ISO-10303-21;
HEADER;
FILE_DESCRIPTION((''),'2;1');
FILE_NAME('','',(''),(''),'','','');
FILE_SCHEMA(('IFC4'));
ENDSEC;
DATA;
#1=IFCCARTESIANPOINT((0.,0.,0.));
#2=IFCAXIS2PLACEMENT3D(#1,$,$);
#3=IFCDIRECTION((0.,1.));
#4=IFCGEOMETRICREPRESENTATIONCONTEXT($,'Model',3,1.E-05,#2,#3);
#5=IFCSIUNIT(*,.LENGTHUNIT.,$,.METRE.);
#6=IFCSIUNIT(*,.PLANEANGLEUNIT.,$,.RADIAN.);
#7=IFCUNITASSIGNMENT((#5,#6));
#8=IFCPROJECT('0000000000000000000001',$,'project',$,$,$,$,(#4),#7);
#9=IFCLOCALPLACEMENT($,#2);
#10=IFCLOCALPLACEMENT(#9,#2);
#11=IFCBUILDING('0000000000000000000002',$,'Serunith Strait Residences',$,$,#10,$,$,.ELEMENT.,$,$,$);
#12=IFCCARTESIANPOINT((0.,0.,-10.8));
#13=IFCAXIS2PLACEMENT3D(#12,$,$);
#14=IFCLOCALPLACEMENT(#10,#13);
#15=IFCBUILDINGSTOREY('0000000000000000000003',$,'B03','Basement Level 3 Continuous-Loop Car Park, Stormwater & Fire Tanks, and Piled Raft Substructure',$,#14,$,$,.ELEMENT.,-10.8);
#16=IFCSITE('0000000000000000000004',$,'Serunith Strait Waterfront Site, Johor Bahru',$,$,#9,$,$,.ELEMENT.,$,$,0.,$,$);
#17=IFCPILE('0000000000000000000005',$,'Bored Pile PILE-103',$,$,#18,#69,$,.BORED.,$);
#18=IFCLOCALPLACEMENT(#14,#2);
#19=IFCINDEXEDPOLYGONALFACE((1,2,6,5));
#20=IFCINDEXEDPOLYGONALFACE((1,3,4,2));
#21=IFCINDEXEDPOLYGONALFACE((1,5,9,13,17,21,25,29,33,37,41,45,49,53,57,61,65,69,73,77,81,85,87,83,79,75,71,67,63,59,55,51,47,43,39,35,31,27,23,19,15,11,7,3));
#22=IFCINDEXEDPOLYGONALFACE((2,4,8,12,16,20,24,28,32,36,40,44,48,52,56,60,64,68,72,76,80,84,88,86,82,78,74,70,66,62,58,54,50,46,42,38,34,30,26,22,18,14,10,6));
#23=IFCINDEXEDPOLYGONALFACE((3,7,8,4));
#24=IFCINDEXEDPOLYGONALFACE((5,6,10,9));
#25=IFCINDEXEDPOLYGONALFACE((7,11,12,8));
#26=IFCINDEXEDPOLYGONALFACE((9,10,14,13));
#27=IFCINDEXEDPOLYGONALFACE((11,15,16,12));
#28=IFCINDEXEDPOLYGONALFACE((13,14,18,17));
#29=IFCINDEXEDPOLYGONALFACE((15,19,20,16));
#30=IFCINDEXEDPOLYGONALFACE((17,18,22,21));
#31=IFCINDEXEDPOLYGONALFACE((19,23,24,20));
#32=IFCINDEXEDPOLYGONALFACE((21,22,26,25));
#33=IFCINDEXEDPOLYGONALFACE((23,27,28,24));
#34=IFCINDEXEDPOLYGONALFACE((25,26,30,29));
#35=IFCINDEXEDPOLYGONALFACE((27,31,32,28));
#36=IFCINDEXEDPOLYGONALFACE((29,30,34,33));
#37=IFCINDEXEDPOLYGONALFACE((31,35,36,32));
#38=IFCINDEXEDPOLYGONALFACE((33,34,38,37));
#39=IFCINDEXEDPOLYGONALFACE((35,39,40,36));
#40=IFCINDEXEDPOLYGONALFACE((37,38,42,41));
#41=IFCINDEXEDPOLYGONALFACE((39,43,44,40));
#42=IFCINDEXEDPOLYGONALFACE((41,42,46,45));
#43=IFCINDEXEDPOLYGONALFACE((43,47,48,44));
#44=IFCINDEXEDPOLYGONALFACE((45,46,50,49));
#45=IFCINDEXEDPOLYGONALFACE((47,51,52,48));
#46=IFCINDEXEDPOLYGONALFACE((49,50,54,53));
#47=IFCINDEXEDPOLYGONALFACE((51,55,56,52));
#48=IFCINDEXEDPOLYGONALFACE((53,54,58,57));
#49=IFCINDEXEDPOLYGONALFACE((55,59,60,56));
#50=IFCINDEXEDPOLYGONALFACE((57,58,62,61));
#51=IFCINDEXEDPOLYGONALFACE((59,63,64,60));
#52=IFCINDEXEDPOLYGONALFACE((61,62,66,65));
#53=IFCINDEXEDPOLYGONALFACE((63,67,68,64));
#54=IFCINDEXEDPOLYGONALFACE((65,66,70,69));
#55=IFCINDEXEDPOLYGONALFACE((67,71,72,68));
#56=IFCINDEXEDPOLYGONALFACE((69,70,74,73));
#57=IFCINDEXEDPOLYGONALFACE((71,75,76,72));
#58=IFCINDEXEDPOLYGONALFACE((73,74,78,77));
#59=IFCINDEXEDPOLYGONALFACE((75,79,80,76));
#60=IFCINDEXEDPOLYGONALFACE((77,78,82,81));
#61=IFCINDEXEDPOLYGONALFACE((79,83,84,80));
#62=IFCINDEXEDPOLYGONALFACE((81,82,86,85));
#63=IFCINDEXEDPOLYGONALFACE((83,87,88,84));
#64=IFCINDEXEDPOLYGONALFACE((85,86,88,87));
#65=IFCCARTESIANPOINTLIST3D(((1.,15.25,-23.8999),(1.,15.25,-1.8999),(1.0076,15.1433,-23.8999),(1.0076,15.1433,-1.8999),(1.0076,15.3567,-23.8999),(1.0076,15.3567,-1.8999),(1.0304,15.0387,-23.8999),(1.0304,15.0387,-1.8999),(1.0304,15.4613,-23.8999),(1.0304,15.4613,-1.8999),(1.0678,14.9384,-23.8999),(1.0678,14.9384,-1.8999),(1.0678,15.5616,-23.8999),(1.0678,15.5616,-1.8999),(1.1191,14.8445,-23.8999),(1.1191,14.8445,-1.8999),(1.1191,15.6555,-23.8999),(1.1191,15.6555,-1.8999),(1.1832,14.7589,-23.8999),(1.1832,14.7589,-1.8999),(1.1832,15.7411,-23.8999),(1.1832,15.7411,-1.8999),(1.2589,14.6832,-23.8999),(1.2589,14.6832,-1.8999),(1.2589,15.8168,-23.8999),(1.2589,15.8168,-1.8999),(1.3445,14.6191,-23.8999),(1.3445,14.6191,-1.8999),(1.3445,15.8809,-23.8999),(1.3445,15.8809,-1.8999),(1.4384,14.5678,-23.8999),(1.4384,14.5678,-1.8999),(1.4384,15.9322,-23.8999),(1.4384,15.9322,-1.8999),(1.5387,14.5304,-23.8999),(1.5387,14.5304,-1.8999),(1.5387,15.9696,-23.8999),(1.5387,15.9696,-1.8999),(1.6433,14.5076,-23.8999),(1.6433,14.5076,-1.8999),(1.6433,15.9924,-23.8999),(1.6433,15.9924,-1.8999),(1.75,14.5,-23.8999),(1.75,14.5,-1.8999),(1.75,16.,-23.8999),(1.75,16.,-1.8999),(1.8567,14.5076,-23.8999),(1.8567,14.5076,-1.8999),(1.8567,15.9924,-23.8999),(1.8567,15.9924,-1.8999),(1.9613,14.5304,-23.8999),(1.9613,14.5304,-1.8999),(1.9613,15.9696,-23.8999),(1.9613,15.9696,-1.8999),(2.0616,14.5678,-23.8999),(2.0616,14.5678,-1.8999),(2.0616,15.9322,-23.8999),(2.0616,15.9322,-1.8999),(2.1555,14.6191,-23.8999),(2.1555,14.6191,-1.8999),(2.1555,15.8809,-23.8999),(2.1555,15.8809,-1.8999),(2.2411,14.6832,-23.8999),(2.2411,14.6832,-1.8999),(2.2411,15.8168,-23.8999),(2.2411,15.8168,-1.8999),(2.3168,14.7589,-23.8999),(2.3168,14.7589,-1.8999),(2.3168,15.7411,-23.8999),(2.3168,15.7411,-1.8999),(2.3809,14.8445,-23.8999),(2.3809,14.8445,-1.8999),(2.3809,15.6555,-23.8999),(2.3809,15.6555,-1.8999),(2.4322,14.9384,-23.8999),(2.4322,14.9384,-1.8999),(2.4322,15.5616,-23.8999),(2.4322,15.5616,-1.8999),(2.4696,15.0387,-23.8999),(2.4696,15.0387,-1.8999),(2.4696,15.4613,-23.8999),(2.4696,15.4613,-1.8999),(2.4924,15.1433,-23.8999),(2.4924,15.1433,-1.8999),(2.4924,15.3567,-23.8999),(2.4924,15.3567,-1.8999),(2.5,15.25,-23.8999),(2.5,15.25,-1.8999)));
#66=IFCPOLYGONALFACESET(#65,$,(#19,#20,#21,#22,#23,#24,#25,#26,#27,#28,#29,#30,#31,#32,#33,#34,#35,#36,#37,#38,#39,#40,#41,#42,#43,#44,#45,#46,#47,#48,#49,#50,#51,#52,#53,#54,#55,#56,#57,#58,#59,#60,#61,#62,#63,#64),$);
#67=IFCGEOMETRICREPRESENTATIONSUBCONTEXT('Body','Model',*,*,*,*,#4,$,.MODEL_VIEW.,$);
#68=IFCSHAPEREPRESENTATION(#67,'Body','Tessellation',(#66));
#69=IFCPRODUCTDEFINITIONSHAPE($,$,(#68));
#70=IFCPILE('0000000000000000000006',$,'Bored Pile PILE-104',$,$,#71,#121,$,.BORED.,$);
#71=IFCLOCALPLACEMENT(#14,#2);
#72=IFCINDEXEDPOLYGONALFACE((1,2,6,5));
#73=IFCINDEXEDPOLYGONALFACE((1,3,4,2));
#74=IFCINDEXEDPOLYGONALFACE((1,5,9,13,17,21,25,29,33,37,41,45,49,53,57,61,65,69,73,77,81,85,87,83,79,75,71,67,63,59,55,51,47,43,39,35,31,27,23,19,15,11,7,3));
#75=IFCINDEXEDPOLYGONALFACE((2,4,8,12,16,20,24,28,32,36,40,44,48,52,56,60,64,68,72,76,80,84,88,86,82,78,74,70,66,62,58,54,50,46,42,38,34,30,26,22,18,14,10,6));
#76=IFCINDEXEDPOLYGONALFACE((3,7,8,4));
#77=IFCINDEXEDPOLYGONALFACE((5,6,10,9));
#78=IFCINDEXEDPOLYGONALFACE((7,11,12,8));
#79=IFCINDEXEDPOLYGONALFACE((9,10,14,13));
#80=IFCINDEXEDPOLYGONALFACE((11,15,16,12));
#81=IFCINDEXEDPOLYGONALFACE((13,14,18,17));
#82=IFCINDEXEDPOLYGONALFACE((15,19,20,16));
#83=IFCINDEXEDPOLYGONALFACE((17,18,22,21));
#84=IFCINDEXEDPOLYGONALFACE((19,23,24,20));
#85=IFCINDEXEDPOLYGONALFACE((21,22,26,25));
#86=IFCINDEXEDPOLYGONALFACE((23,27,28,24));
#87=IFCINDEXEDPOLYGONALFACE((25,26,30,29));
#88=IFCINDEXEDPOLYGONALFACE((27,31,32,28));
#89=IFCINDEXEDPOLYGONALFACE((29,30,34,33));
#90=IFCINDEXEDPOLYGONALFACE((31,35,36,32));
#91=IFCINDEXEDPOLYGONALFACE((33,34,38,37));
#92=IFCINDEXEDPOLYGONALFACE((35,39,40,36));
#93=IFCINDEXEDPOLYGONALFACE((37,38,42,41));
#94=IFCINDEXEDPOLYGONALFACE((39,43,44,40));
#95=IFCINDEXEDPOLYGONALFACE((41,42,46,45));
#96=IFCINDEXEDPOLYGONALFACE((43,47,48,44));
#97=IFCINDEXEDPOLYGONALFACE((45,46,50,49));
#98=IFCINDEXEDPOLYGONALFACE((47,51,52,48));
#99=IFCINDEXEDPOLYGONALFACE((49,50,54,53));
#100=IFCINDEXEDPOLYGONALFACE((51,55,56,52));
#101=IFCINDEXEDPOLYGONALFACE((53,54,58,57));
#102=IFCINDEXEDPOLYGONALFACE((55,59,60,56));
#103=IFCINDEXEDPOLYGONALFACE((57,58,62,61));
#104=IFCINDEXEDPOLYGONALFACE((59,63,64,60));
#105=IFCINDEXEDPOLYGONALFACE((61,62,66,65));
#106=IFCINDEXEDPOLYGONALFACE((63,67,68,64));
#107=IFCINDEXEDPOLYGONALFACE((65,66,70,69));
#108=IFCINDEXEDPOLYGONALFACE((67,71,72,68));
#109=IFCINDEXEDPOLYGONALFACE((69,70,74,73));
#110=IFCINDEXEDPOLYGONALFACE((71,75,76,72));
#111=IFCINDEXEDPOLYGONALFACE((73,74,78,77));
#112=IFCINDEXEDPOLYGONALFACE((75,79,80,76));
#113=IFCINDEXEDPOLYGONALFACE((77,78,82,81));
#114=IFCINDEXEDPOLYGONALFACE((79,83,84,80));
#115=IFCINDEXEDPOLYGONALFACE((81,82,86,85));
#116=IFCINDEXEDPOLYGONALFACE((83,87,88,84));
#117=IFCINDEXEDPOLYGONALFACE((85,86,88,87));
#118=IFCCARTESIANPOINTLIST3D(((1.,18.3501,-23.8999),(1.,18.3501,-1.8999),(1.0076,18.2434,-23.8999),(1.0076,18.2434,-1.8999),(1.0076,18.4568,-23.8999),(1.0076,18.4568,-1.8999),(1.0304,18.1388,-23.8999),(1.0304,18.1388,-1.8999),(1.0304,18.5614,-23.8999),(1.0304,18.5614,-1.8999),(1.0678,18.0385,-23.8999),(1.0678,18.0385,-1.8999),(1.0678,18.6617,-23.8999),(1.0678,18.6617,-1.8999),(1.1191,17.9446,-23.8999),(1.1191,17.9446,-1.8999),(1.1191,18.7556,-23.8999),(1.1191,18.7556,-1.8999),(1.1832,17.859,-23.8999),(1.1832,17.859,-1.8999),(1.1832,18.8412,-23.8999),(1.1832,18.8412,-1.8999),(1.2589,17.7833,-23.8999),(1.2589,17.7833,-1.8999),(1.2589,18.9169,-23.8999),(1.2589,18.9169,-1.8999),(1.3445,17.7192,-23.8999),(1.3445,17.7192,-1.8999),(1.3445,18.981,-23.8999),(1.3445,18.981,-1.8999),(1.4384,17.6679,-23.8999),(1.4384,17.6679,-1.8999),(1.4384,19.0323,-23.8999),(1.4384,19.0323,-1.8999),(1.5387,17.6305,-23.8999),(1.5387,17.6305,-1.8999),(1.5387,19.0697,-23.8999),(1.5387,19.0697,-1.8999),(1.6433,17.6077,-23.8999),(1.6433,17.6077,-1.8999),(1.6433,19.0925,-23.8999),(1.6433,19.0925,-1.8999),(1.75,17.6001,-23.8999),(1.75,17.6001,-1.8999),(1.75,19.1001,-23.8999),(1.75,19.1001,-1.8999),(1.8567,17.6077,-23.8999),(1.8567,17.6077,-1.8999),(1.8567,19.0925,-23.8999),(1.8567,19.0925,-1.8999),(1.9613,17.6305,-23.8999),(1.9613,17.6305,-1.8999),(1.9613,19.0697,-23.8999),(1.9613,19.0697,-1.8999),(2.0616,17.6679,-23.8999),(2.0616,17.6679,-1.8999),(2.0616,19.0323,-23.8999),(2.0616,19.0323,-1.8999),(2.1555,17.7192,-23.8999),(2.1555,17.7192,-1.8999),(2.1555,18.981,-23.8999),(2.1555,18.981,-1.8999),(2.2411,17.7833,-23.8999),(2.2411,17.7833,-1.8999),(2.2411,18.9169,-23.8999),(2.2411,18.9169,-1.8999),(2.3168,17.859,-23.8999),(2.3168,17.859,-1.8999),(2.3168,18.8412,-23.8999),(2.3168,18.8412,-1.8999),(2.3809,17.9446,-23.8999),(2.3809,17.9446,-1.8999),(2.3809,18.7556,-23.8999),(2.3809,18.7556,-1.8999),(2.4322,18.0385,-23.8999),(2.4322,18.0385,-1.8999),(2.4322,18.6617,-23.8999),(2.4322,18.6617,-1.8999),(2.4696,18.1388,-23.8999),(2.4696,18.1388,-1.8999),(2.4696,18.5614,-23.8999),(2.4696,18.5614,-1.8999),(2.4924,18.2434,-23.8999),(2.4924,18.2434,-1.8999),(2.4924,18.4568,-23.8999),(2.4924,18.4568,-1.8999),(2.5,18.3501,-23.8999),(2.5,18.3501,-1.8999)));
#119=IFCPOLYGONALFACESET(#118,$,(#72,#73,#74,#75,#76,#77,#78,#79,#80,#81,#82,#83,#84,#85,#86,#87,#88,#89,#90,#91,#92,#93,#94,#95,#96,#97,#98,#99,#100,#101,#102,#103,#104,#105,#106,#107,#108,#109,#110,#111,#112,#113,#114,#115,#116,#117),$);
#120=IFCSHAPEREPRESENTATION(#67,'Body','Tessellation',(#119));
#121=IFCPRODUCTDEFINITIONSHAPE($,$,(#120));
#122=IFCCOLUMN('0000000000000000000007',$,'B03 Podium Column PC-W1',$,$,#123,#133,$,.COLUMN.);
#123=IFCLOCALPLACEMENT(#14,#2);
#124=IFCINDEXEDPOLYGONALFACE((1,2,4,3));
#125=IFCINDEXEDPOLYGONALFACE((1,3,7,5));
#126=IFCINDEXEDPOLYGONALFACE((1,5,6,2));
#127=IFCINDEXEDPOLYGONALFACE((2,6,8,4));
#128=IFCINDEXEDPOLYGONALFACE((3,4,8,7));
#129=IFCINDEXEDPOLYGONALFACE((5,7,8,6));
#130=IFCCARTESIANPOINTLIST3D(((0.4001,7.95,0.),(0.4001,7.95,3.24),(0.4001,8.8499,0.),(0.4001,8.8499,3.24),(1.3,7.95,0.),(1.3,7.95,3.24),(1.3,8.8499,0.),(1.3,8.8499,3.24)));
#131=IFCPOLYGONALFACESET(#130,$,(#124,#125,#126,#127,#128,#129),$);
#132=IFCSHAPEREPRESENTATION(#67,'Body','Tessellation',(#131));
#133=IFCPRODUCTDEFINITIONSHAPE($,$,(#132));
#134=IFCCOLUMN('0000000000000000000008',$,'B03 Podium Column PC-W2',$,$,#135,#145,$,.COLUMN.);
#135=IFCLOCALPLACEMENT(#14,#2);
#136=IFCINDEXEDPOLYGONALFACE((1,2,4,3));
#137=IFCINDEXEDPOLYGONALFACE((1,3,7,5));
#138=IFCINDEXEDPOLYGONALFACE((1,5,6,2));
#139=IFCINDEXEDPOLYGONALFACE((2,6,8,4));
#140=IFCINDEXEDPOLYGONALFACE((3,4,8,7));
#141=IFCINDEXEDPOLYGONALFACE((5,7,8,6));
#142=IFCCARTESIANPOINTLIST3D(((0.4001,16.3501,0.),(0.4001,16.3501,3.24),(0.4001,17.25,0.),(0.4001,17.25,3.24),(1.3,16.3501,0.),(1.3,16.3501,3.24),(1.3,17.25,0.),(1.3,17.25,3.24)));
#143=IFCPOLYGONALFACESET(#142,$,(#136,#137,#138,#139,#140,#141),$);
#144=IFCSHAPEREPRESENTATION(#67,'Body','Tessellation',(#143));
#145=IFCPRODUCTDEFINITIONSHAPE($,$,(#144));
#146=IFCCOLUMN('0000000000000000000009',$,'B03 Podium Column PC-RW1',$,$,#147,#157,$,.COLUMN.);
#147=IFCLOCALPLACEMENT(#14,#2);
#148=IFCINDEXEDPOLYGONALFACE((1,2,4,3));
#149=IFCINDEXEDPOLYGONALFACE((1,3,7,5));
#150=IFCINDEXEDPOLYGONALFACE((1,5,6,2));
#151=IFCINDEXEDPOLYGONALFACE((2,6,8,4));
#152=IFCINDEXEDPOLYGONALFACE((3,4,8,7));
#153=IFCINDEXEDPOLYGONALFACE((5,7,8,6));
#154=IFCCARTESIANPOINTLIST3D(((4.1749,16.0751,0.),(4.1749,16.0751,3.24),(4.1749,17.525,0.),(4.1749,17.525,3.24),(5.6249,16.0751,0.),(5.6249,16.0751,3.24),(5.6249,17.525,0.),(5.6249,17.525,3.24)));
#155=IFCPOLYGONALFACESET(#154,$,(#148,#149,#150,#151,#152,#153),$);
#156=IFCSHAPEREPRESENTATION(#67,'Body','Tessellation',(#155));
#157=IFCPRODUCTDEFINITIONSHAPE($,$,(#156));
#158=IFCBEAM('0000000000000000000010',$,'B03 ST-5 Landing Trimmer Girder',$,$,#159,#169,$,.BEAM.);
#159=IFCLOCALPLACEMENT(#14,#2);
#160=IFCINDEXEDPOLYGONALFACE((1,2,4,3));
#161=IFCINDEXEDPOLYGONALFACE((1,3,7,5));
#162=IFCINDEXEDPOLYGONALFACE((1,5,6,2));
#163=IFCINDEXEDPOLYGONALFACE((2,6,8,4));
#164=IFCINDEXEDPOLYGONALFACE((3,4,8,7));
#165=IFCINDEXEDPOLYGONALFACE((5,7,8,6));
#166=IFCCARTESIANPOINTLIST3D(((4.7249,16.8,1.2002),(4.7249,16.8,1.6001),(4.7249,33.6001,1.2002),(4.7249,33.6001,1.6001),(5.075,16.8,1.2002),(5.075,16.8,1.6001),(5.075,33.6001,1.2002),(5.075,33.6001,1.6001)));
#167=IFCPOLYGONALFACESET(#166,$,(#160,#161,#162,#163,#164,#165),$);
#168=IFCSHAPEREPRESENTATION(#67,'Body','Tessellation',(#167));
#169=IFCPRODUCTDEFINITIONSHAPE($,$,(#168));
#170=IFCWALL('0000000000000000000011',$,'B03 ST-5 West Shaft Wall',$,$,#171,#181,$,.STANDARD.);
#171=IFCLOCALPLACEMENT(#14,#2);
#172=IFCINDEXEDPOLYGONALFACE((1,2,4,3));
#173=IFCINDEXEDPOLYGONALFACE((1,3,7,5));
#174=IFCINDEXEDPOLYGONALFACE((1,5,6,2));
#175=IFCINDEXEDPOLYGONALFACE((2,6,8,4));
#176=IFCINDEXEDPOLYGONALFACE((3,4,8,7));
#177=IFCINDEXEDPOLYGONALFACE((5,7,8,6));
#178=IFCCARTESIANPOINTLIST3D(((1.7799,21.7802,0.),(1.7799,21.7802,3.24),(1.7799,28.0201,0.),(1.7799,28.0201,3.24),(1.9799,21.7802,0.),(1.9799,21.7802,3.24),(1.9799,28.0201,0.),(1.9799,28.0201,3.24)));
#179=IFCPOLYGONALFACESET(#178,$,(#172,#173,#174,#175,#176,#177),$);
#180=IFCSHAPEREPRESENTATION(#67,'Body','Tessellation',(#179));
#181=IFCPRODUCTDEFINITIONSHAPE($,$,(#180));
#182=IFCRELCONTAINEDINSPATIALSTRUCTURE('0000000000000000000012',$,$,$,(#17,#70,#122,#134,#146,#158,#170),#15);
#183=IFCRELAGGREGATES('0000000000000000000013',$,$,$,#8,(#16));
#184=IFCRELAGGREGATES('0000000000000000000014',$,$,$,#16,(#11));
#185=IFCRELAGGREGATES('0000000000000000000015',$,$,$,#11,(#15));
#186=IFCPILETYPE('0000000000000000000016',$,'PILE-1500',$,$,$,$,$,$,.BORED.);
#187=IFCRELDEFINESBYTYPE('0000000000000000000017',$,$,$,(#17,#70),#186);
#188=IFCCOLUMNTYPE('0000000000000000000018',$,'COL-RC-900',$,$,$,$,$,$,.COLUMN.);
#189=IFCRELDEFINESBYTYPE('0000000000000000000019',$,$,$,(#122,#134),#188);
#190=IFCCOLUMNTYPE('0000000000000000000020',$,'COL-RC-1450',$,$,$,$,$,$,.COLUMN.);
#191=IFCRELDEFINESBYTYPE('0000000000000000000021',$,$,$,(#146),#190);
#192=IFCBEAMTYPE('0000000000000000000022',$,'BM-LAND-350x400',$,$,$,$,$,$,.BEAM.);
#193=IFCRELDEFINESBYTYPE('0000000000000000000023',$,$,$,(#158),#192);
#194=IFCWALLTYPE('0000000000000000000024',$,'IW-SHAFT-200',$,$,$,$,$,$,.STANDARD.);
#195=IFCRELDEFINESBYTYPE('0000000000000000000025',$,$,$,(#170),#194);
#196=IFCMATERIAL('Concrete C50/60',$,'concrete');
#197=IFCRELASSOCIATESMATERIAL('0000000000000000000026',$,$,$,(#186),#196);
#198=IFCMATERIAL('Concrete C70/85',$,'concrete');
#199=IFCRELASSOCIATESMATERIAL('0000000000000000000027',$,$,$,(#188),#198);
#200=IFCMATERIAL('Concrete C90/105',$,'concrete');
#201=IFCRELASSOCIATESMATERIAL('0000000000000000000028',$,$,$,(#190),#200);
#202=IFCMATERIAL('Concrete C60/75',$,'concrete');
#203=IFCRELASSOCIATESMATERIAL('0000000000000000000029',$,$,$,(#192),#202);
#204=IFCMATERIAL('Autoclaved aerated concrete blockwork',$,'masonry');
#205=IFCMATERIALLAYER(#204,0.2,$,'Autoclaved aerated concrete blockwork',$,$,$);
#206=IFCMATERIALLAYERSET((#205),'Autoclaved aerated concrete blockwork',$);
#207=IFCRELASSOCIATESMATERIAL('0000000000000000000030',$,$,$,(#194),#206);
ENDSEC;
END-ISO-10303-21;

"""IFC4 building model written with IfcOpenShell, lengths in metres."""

from ifc_helpers import new_model, si_unit, direction, frame, frame_2d, origin, origin_2d, place, context, subcontext, project, spatial, rectangle, circle, extrude, source, transform, mapped, material, layer, layer_set, material_profile, profile_set, type_object, element, save


model = new_model("IFC4")

# Units and contexts
model_context = context("Model", 3, precision=1e-05, world=origin(), true_north=direction((0.0, 1.0)))
body_context = subcontext(model_context, "Body", "Model", "MODEL_VIEW")
ifc_project = project(units=[si_unit("LENGTHUNIT", "METRE"), si_unit("PLANEANGLEUNIT", "RADIAN")], contexts=[model_context])

# Site, building, storey
site_placement = place(None, origin())
site = spatial("IfcSite", under=ifc_project, at=site_placement, Name="Serunith Strait Waterfront Site, Johor Bahru", CompositionType="ELEMENT", RefElevation=0.0)
building_placement = place(site_placement, origin())
building = spatial("IfcBuilding", under=site, at=building_placement, Name="Serunith Strait Residences", CompositionType="ELEMENT")
storey_placement = place(building_placement, frame((0.0, 0.0, -10.8)))
storey = spatial("IfcBuildingStorey", under=building, at=storey_placement, Name="B03", Description="Basement Level 3 Continuous-Loop Car Park, Stormwater & Fire Tanks, and Piled Raft Substructure", CompositionType="ELEMENT", Elevation=-10.8)

# Shared definitions
ifc_material_1 = material(Name="Concrete C50/60", Category="concrete")

# Piles
ifc_material_profile_1 = material_profile(ifc_material_1, circle(Radius=0.75, at=origin_2d()), Name="PILE D1500")
ifc_profile_set_1 = profile_set([ifc_material_profile_1], Name="Concrete C50/60")
pile_type_1 = type_object("IfcPileType", Name="PILE-1500", PredefinedType="BORED", material=ifc_profile_set_1)
shared_shape_1 = source(origin(), body_context, "Body", "SweptSolid", [
    extrude(circle(Radius=0.75, at=origin_2d()), origin(), (0.0, 0.0, 1.0), 22.0),
])
for number, where, z_axis, x_axis, name in (
    (1, (1.75, 15.25, -1.8999), (0.0, 0.0, -1.0), (1.0, 0.0, 0.0), "Bored Pile PILE-103"),
    (2, (1.75, 18.3501, -1.8999), (0.0, 0.0, -1.0), (1.0, 0.0, 0.0), "Bored Pile PILE-104"),
):
    element("IfcPile", number, at=place(storey_placement, frame(where, z_axis=z_axis, x_axis=x_axis)), inside=storey, type_object=pile_type_1, Name=name, PredefinedType="BORED", context=body_context, shape_type="MappedRepresentation", body=[
        mapped(shared_shape_1, transform((0.0, 0.0, 0.0), scale=1.0)),
    ])

# Columns
ifc_material_2 = material(Name="Concrete C70/85", Category="concrete")
ifc_material_profile_2 = material_profile(ifc_material_2, rectangle(XDim=0.8999, YDim=0.8999, at=origin_2d()), Name="RC 900x900")
ifc_profile_set_2 = profile_set([ifc_material_profile_2], Name="Concrete C70/85")
column_type_1 = type_object("IfcColumnType", Name="COL-RC-900", PredefinedType="COLUMN", material=ifc_profile_set_2)
shared_shape_2 = source(origin(), body_context, "Body", "SweptSolid", [
    extrude(rectangle(XDim=0.8999, YDim=0.8999, at=origin_2d()), origin(), (0.0, 0.0, 1.0), 3.24),
])
for number, where, z_axis, x_axis, name in (
    (3, (0.8501, 8.3999, 0.0), (0.0, 0.0, 1.0), (1.0, 0.0, 0.0), "B03 Podium Column PC-W1"),
    (4, (0.8501, 16.8, 0.0), (0.0, 0.0, 1.0), (1.0, 0.0, 0.0), "B03 Podium Column PC-W2"),
):
    element("IfcColumn", number, at=place(storey_placement, frame(where, z_axis=z_axis, x_axis=x_axis)), inside=storey, type_object=column_type_1, Name=name, PredefinedType="COLUMN", context=body_context, shape_type="MappedRepresentation", body=[
        mapped(shared_shape_2, transform((0.0, 0.0, 0.0), scale=1.0)),
    ])
ifc_material_3 = material(Name="Concrete C90/105", Category="concrete")
ifc_material_profile_3 = material_profile(ifc_material_3, rectangle(XDim=1.45, YDim=1.45, at=origin_2d()), Name="RC 1450x1450")
ifc_profile_set_3 = profile_set([ifc_material_profile_3], Name="Concrete C90/105")
column_type_2 = type_object("IfcColumnType", Name="COL-RC-1450", PredefinedType="COLUMN", material=ifc_profile_set_3)
shared_shape_3 = source(origin(), body_context, "Body", "SweptSolid", [
    extrude(rectangle(XDim=1.45, YDim=1.45, at=origin_2d()), origin(), (0.0, 0.0, 1.0), 3.24),
])
column_placement = place(storey_placement, frame((4.8999, 16.8, 0.0), z_axis=(0.0, 0.0, 1.0), x_axis=(1.0, 0.0, 0.0)))
element("IfcColumn", 5, at=column_placement, inside=storey, type_object=column_type_2, Name="B03 Podium Column PC-RW1", PredefinedType="COLUMN", context=body_context, shape_type="MappedRepresentation", body=[
    mapped(shared_shape_3, transform((0.0, 0.0, 0.0), scale=1.0)),
])

# Beam
ifc_material_4 = material(Name="Concrete C60/75", Category="concrete")
ifc_material_profile_4 = material_profile(ifc_material_4, rectangle(XDim=0.3501, YDim=0.3999, at=origin_2d()), Name="RC 350x400")
ifc_profile_set_4 = profile_set([ifc_material_profile_4], Name="Concrete C60/75")
beam_type = type_object("IfcBeamType", Name="BM-LAND-350x400", PredefinedType="BEAM", material=ifc_profile_set_4)
shared_shape_4 = source(origin(), body_context, "Body", "SweptSolid", [
    extrude(rectangle(XDim=0.3501, YDim=0.3999, at=origin_2d()), origin(), (0.0, 0.0, 1.0), 16.8),
])
beam_placement = place(storey_placement, frame((4.8999, 16.8, 1.4001), z_axis=(0.0, 1.0, 0.0), x_axis=(-1.0, 0.0, 0.0)))
element("IfcBeam", 6, at=beam_placement, inside=storey, type_object=beam_type, Name="B03 ST-5 Landing Trimmer Girder", PredefinedType="BEAM", context=body_context, shape_type="MappedRepresentation", body=[
    mapped(shared_shape_4, transform((0.0, 0.0, 0.0), scale=1.0)),
])

# Shared definitions
ifc_material_5 = material(Name="Autoclaved aerated concrete blockwork", Category="masonry")
ifc_layer = layer(ifc_material_5, 0.2, Name="Autoclaved aerated concrete blockwork")
ifc_layer_set = layer_set([ifc_layer], Name="Autoclaved aerated concrete blockwork")
wall_type = type_object("IfcWallType", Name="IW-SHAFT-200", PredefinedType="STANDARD", material=ifc_layer_set)

# Wall
wall_1_placement = place(storey_placement, frame((1.8799, 21.78, 0.0), z_axis=(0.0, 0.0, 1.0), x_axis=(0.0, 1.0, 0.0)))
element("IfcWall", 7, at=wall_1_placement, inside=storey, type_object=wall_type, Name="B03 ST-5 West Shaft Wall", PredefinedType="STANDARD", context=body_context, shape_type="SweptSolid", body=[
    extrude(rectangle(XDim=6.24, YDim=0.2, at=frame_2d((3.1201, 0.0))), origin(), (0.0, 0.0, 1.0), 3.24),
])

save(model, "model.ifc")
